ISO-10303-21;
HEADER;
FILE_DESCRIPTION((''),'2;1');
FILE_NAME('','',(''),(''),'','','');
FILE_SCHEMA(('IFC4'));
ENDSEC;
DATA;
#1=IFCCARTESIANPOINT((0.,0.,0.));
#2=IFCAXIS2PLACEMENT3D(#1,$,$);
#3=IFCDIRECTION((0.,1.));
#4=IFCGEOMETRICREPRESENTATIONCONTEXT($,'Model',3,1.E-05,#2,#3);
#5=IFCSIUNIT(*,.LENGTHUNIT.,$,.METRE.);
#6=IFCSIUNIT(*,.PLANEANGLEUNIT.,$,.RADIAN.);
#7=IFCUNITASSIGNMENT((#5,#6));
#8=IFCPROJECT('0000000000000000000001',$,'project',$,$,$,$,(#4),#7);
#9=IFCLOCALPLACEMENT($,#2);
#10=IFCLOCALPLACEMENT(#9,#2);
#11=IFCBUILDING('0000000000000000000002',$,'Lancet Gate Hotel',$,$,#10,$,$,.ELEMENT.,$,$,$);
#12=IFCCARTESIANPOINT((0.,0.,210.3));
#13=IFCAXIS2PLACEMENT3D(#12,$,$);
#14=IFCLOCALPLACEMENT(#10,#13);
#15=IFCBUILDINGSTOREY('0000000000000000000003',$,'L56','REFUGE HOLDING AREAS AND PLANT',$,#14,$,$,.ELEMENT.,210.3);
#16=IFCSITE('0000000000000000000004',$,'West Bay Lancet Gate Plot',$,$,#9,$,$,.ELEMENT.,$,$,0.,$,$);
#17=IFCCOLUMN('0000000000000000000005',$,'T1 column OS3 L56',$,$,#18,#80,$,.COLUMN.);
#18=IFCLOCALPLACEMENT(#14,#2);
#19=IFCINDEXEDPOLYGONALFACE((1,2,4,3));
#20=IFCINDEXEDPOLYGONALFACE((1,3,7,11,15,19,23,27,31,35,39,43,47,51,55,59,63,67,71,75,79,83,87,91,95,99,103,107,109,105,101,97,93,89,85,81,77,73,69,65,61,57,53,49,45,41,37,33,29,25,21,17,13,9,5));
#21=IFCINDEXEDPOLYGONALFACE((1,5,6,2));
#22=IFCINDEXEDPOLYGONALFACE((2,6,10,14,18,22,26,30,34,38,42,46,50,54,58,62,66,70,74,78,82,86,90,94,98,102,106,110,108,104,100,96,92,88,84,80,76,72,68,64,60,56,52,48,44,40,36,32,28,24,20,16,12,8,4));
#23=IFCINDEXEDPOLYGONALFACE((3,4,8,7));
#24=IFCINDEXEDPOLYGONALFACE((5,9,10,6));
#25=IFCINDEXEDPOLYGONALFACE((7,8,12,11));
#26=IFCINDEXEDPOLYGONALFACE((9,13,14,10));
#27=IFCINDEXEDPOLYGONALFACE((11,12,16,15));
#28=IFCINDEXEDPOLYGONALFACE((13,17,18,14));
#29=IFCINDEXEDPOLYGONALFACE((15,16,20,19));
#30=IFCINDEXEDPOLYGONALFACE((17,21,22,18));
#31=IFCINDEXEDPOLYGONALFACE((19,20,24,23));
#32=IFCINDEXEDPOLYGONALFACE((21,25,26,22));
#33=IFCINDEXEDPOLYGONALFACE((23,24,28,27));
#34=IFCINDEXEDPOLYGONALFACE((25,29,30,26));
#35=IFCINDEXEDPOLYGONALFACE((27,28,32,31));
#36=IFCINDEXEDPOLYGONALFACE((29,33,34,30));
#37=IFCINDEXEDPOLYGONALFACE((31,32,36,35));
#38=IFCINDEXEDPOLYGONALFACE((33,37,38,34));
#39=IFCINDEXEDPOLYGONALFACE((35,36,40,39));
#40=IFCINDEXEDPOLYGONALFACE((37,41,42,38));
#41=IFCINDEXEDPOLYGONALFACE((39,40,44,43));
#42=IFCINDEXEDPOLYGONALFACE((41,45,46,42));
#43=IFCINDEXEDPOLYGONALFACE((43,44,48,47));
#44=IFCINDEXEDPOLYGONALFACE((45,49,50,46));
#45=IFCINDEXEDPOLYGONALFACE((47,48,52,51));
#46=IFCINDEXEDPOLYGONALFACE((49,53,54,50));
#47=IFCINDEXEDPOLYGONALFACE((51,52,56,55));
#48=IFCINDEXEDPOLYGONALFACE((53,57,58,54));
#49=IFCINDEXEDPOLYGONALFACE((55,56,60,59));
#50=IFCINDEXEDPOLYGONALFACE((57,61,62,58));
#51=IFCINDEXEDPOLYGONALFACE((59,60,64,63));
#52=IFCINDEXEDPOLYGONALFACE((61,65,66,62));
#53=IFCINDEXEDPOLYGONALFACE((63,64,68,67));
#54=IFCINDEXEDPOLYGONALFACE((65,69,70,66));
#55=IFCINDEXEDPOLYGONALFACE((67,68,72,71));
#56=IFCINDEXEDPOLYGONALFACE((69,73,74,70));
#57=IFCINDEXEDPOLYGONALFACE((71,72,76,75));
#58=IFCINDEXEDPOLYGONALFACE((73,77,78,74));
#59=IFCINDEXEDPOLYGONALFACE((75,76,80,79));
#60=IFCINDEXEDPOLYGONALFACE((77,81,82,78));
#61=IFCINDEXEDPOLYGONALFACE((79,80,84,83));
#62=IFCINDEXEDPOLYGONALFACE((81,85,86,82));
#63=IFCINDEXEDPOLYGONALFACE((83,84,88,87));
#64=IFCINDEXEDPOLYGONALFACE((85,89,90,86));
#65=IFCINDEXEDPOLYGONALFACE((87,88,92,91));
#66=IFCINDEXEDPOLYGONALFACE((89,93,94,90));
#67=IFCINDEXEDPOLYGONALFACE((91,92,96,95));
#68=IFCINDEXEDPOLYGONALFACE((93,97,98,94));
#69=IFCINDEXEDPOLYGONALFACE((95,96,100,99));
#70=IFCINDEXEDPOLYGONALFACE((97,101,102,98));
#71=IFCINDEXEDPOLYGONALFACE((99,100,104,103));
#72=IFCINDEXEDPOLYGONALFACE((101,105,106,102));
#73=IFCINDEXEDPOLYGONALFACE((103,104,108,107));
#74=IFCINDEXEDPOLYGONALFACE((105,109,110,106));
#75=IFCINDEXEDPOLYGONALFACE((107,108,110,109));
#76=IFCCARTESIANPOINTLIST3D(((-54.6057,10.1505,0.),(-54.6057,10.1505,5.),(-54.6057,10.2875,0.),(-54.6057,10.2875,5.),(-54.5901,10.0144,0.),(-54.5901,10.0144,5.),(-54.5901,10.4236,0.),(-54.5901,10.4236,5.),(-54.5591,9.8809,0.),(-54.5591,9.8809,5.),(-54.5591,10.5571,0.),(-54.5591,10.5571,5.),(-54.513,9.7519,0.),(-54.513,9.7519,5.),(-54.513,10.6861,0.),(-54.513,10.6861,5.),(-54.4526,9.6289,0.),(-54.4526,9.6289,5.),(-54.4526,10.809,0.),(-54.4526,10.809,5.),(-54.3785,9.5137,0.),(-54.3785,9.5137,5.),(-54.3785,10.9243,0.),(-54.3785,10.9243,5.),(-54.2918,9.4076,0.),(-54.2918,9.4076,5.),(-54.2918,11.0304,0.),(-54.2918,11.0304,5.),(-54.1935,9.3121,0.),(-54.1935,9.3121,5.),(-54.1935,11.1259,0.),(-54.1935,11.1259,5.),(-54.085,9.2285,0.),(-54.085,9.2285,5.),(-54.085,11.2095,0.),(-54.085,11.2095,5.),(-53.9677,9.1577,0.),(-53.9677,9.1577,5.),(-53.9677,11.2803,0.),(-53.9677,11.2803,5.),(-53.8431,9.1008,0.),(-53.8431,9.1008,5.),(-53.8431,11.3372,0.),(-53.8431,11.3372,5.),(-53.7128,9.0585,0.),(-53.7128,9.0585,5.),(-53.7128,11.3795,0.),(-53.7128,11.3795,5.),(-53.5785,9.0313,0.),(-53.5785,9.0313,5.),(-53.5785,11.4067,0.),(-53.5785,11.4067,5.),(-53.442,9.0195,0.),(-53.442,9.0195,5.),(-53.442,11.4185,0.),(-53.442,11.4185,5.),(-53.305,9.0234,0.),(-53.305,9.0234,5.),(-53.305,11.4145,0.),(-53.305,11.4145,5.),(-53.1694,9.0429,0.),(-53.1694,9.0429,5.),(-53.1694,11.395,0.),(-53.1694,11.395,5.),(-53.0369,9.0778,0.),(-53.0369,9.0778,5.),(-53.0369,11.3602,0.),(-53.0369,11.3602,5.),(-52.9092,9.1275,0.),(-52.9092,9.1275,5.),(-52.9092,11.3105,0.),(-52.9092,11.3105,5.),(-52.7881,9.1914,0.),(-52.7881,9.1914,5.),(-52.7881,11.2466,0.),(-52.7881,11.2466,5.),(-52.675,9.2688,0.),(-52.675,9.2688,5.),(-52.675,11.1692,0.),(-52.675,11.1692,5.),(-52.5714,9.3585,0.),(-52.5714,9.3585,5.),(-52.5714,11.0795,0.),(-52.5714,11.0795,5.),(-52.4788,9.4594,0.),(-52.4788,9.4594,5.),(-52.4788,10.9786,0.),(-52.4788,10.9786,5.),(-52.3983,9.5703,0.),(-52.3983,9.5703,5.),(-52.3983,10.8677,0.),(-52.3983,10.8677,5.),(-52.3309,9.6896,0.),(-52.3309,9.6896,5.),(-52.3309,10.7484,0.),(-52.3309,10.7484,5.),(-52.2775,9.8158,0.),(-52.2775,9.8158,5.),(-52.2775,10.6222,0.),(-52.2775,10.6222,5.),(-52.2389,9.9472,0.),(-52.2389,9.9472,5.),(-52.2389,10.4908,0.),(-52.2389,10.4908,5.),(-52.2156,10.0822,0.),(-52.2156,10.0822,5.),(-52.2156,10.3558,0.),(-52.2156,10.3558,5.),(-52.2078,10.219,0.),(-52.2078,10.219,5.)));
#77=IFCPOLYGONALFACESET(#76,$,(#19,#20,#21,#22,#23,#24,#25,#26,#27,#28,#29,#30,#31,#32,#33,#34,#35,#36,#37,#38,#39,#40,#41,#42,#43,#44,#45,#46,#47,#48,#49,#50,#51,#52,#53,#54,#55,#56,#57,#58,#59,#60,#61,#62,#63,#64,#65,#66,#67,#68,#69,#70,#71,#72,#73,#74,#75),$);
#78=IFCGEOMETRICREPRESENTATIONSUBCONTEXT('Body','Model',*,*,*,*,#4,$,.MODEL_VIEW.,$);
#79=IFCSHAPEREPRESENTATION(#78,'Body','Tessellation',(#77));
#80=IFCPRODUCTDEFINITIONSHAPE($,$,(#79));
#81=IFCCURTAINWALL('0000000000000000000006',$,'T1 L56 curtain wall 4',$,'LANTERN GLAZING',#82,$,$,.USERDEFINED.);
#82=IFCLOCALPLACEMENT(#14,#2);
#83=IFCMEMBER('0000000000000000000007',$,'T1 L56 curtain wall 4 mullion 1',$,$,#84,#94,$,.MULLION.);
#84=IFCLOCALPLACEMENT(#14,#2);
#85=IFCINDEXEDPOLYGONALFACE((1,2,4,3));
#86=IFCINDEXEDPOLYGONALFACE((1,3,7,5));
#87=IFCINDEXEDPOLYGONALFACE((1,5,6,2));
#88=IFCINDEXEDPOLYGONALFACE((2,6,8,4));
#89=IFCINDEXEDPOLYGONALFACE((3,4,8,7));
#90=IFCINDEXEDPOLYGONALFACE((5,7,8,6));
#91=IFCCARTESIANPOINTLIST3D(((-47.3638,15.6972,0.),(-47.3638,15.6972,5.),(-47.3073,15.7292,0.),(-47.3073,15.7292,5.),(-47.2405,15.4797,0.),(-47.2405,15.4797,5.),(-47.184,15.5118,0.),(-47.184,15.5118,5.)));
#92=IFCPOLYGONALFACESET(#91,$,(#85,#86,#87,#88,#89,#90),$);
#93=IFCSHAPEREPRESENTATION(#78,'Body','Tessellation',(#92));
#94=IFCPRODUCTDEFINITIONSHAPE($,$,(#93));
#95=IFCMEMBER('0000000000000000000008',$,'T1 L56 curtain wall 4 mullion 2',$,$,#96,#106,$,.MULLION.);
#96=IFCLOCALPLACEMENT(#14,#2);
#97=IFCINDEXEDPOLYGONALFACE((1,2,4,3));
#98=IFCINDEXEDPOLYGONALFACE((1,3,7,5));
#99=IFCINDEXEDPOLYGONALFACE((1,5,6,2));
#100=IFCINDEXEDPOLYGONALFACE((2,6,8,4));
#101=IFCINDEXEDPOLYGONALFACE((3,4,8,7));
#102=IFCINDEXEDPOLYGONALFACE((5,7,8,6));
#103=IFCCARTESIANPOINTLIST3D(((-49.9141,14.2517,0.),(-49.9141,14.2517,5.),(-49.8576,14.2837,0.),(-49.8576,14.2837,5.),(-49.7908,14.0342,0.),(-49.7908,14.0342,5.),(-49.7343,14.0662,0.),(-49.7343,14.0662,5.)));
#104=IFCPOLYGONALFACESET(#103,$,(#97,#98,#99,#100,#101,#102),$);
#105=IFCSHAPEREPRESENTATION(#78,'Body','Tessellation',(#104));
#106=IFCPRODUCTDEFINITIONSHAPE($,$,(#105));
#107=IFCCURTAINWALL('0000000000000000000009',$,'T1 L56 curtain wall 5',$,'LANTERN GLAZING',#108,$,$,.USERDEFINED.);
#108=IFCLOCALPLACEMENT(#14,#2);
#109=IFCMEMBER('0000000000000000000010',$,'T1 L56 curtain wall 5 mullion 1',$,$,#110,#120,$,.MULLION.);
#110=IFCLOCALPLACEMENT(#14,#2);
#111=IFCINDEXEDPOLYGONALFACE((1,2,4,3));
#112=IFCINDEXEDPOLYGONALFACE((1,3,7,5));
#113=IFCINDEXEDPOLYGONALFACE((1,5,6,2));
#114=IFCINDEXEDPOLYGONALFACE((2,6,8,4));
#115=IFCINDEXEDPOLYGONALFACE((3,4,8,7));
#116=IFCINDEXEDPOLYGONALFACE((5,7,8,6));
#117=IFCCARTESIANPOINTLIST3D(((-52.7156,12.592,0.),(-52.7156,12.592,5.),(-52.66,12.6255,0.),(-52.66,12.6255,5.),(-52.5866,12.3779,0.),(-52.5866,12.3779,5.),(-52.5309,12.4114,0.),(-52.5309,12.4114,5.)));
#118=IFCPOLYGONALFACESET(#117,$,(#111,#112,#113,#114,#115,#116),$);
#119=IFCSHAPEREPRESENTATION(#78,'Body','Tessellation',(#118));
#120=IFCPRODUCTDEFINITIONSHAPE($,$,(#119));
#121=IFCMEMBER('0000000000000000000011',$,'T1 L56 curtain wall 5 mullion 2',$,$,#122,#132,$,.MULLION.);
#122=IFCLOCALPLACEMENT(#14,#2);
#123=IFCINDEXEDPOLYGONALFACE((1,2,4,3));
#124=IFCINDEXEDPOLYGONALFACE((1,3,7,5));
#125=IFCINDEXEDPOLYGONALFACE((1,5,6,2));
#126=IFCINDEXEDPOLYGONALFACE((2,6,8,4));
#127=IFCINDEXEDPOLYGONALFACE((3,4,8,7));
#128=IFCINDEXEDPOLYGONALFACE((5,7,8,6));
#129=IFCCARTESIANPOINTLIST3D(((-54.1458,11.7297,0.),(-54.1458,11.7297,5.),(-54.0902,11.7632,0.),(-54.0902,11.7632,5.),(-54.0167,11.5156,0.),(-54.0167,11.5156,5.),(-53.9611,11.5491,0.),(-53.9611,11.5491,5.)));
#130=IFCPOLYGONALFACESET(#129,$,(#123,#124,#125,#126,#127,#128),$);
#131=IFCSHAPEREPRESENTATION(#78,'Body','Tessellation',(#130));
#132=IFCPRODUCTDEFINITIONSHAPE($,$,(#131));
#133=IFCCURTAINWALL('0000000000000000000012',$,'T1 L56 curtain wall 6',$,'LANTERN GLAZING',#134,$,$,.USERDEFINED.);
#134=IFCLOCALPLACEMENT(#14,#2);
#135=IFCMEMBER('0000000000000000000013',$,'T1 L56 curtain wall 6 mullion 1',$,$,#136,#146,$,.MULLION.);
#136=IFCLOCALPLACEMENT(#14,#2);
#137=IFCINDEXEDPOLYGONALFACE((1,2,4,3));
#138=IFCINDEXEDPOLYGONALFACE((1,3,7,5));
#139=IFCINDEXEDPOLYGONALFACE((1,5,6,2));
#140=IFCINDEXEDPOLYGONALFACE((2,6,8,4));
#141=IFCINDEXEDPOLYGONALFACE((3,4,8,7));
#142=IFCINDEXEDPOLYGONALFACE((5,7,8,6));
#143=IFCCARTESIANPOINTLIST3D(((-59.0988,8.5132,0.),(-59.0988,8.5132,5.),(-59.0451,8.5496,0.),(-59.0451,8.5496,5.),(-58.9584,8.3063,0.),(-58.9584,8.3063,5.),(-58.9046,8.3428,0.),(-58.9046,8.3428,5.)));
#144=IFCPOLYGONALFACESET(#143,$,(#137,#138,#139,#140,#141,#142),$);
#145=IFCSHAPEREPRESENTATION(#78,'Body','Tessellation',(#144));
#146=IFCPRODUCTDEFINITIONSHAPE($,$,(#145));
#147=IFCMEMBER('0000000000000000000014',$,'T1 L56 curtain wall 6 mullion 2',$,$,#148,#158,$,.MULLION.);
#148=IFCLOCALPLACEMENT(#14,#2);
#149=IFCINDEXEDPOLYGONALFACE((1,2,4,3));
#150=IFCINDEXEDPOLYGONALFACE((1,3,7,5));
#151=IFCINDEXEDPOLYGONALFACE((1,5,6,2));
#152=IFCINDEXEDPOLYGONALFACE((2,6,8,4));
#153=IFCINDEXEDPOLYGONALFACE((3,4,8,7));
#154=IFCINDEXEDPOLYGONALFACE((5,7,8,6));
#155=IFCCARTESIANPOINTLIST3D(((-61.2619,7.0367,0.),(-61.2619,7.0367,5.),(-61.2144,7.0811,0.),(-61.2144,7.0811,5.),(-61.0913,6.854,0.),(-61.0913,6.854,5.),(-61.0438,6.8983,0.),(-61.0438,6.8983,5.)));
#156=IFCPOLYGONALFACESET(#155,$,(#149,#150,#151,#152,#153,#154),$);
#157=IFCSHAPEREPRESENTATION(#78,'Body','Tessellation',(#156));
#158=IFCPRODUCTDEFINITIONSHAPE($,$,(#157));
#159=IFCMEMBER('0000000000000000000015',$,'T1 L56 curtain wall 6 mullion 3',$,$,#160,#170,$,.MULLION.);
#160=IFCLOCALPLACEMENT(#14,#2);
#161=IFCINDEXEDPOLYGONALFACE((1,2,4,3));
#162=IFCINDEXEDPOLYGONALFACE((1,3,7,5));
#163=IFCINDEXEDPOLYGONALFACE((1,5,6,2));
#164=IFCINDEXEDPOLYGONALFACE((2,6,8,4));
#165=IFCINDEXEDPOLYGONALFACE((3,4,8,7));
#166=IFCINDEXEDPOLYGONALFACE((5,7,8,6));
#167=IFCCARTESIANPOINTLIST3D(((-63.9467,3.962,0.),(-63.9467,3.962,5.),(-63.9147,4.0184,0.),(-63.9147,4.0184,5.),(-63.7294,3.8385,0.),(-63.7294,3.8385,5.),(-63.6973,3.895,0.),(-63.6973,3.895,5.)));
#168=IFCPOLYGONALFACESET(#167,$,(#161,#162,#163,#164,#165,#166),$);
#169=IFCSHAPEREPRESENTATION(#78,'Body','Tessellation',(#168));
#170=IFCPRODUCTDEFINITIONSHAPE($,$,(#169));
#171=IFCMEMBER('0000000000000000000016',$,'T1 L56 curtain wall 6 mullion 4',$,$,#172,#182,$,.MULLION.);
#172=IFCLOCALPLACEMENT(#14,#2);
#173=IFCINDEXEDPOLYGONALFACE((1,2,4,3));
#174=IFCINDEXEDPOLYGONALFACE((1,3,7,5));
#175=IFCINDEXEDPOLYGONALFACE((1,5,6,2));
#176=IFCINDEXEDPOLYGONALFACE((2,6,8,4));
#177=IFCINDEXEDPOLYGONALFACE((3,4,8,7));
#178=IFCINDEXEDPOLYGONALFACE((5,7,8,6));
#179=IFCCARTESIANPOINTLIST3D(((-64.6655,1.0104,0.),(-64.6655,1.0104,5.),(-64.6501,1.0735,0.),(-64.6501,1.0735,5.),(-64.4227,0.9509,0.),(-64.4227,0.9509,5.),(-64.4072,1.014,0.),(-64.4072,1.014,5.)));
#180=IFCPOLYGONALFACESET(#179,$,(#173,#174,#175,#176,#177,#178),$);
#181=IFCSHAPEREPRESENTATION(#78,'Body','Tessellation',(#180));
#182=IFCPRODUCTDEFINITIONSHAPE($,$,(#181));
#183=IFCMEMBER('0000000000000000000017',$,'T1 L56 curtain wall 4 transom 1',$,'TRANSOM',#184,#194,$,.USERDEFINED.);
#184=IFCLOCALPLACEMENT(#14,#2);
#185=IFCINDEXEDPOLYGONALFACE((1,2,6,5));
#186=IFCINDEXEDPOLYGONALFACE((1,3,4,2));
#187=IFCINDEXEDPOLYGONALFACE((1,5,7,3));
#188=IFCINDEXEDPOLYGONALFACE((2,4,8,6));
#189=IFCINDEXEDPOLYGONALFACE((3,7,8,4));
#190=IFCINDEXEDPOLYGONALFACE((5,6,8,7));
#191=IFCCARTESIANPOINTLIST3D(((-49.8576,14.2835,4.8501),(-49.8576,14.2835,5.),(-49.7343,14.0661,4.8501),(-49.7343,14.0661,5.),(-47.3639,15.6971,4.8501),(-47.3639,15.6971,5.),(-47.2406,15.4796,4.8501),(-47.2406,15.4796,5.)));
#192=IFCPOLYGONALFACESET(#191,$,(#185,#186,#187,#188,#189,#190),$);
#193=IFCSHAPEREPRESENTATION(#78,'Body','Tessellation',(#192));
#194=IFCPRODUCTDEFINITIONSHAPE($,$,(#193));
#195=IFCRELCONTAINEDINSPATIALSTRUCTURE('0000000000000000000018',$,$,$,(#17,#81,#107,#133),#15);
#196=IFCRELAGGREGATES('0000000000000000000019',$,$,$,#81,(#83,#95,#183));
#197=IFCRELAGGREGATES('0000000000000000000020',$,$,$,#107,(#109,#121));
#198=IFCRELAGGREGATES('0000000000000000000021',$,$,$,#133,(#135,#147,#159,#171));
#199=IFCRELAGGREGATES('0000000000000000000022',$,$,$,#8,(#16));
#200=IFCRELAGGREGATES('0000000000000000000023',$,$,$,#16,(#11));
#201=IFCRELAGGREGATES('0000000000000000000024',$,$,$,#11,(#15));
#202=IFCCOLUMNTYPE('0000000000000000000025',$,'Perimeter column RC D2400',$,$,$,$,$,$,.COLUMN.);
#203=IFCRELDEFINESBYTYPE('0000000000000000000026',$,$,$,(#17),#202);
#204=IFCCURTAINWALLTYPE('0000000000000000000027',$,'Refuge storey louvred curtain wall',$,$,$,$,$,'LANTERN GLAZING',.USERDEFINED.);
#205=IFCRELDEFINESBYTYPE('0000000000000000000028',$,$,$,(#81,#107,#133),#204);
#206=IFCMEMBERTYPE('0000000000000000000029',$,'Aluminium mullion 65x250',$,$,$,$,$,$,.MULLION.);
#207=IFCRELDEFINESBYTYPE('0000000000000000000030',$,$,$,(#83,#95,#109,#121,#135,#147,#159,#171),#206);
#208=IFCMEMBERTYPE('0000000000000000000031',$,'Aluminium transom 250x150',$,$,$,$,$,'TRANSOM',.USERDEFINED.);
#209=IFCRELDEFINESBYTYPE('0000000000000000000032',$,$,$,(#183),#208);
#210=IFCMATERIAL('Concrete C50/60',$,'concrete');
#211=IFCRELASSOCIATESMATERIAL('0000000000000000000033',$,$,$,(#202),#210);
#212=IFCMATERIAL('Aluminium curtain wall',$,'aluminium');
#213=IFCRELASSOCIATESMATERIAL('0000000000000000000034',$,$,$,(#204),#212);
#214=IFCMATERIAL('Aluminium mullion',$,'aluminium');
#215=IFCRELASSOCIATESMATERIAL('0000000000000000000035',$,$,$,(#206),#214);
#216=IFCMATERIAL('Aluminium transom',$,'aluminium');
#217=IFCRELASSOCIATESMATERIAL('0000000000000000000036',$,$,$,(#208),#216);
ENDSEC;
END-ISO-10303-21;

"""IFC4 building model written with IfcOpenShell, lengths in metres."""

from ifc_helpers import new_model, si_unit, direction, frame, origin, origin_2d, place, context, subcontext, project, spatial, rectangle, circle, extrude, material, material_profile, profile_set, type_object, element, aggregate, save


model = new_model("IFC4")

# Units and contexts
model_context = context("Model", 3, precision=1e-05, world=origin(), true_north=direction((0.0, 1.0)))
body_context = subcontext(model_context, "Body", "Model", "MODEL_VIEW")
ifc_project = project(units=[si_unit("LENGTHUNIT", "METRE"), si_unit("PLANEANGLEUNIT", "RADIAN")], contexts=[model_context])

# Site, building, storey
site_placement = place(None, origin())
site = spatial("IfcSite", under=ifc_project, at=site_placement, Name="West Bay Lancet Gate Plot", CompositionType="ELEMENT", RefElevation=0.0)
building_placement = place(site_placement, origin())
building = spatial("IfcBuilding", under=site, at=building_placement, Name="Lancet Gate Hotel", CompositionType="ELEMENT")
storey_placement = place(building_placement, frame((0.0, 0.0, 210.3)))
storey = spatial("IfcBuildingStorey", under=building, at=storey_placement, Name="L56", Description="REFUGE HOLDING AREAS AND PLANT", CompositionType="ELEMENT", Elevation=210.3)

# Column
ifc_material_1 = material(Name="Concrete C50/60", Category="concrete")
ifc_material_profile_1 = material_profile(ifc_material_1, circle(Radius=1.2, at=origin_2d()), Name="RC D2400")
ifc_profile_set_1 = profile_set([ifc_material_profile_1], Name="Concrete C50/60")
column_type = type_object("IfcColumnType", Name="Perimeter column RC D2400", PredefinedType="COLUMN", material=ifc_profile_set_1)
for number, where, z_axis, x_axis, name in (
    (1, (-53.4077, 10.219, 0.0), (0.0, 0.0, 1.0), (1.0, 0.0, 0.0), "T1 column OS3 L56"),
):
    element("IfcColumn", number, at=place(storey_placement, frame(where, z_axis=z_axis, x_axis=x_axis)), inside=storey, type_object=column_type, Name=name, PredefinedType="COLUMN", context=body_context, shape_type="SweptSolid", body=[
        extrude(circle(Radius=1.2, at=origin_2d()), origin(), (0.0, 0.0, 1.0), 5.0),
    ])

# Curtain walls, members
ifc_material_2 = material(Name="Aluminium curtain wall", Category="aluminium")
curtain_wall_type = type_object("IfcCurtainWallType", Name="Refuge storey louvred curtain wall", ElementType="LANTERN GLAZING", PredefinedType="USERDEFINED", material=ifc_material_2)
curtain_wall_1_placement = place(storey_placement, origin())
curtain_wall_1 = element("IfcCurtainWall", 2, at=curtain_wall_1_placement, inside=storey, type_object=curtain_wall_type, Name="T1 L56 curtain wall 4", ObjectType="LANTERN GLAZING", PredefinedType="USERDEFINED")
ifc_material_3 = material(Name="Aluminium mullion", Category="aluminium")
ifc_material_profile_2 = material_profile(ifc_material_3, rectangle(XDim=0.0649, YDim=0.25, at=origin_2d()), Name="MULLION 65x250")
ifc_profile_set_2 = profile_set([ifc_material_profile_2], Name="Aluminium mullion")
member_type_1 = type_object("IfcMemberType", Name="Aluminium mullion 65x250", PredefinedType="MULLION", material=ifc_profile_set_2)
member_1_placement = place(storey_placement, frame((-47.2739, 15.6045, 0.0), z_axis=(0.0, 0.0, 1.0), x_axis=(-0.869958, -0.493126, 0.0)))
member_1 = element("IfcMember", 3, at=member_1_placement, type_object=member_type_1, Name="T1 L56 curtain wall 4 mullion 1", PredefinedType="MULLION", context=body_context, shape_type="SweptSolid", body=[
    extrude(rectangle(XDim=0.0649, YDim=0.25, at=origin_2d()), origin(), (0.0, 0.0, 1.0), 5.0),
])
member_2_placement = place(storey_placement, frame((-49.8242, 14.1589, 0.0), z_axis=(0.0, 0.0, 1.0), x_axis=(-0.869958, -0.493126, 0.0)))
member_2 = element("IfcMember", 4, at=member_2_placement, type_object=member_type_1, Name="T1 L56 curtain wall 4 mullion 2", PredefinedType="MULLION", context=body_context, shape_type="SweptSolid", body=[
    extrude(rectangle(XDim=0.0649, YDim=0.25, at=origin_2d()), origin(), (0.0, 0.0, 1.0), 5.0),
])
curtain_wall_2_placement = place(storey_placement, origin())
curtain_wall_2 = element("IfcCurtainWall", 5, at=curtain_wall_2_placement, inside=storey, type_object=curtain_wall_type, Name="T1 L56 curtain wall 5", ObjectType="LANTERN GLAZING", PredefinedType="USERDEFINED")
member_3_placement = place(storey_placement, frame((-52.6233, 12.5017, 0.0), z_axis=(0.0, 0.0, 1.0), x_axis=(-0.85637, -0.516363, 0.0)))
member_3 = element("IfcMember", 6, at=member_3_placement, type_object=member_type_1, Name="T1 L56 curtain wall 5 mullion 1", PredefinedType="MULLION", context=body_context, shape_type="SweptSolid", body=[
    extrude(rectangle(XDim=0.0649, YDim=0.25, at=origin_2d()), origin(), (0.0, 0.0, 1.0), 5.0),
])
member_4_placement = place(storey_placement, frame((-54.0535, 11.6394, 0.0), z_axis=(0.0, 0.0, 1.0), x_axis=(-0.85637, -0.516363, 0.0)))
member_4 = element("IfcMember", 7, at=member_4_placement, type_object=member_type_1, Name="T1 L56 curtain wall 5 mullion 2", PredefinedType="MULLION", context=body_context, shape_type="SweptSolid", body=[
    extrude(rectangle(XDim=0.0649, YDim=0.25, at=origin_2d()), origin(), (0.0, 0.0, 1.0), 5.0),
])
curtain_wall_3_placement = place(storey_placement, origin())
curtain_wall_3 = element("IfcCurtainWall", 8, at=curtain_wall_3_placement, inside=storey, type_object=curtain_wall_type, Name="T1 L56 curtain wall 6", ObjectType="LANTERN GLAZING", PredefinedType="USERDEFINED")
member_5_placement = place(storey_placement, frame((-59.0017, 8.428, 0.0), z_axis=(0.0, 0.0, 1.0), x_axis=(-0.827342, -0.561698, 0.0)))
member_5 = element("IfcMember", 9, at=member_5_placement, type_object=member_type_1, Name="T1 L56 curtain wall 6 mullion 1", PredefinedType="MULLION", context=body_context, shape_type="SweptSolid", body=[
    extrude(rectangle(XDim=0.0649, YDim=0.25, at=origin_2d()), origin(), (0.0, 0.0, 1.0), 5.0),
])
member_6_placement = place(storey_placement, frame((-61.1528, 6.9675, 0.0), z_axis=(0.0, 0.0, 1.0), x_axis=(-0.731008, -0.682369, 0.0)))
member_6 = element("IfcMember", 10, at=member_6_placement, type_object=member_type_1, Name="T1 L56 curtain wall 6 mullion 2", PredefinedType="MULLION", context=body_context, shape_type="SweptSolid", body=[
    extrude(rectangle(XDim=0.0649, YDim=0.25, at=origin_2d()), origin(), (0.0, 0.0, 1.0), 5.0),
])
member_7_placement = place(storey_placement, frame((-63.822, 3.9285, 0.0), z_axis=(0.0, 0.0, 1.0), x_axis=(-0.493976, -0.869475, 0.0)))
member_7 = element("IfcMember", 11, at=member_7_placement, type_object=member_type_1, Name="T1 L56 curtain wall 6 mullion 3", PredefinedType="MULLION", context=body_context, shape_type="SweptSolid", body=[
    extrude(rectangle(XDim=0.0649, YDim=0.25, at=origin_2d()), origin(), (0.0, 0.0, 1.0), 5.0),
])
member_8_placement = place(storey_placement, frame((-64.5364, 1.0122, 0.0), z_axis=(0.0, 0.0, 1.0), x_axis=(-0.237921, -0.971285, 0.0)))
member_8 = element("IfcMember", 12, at=member_8_placement, type_object=member_type_1, Name="T1 L56 curtain wall 6 mullion 4", PredefinedType="MULLION", context=body_context, shape_type="SweptSolid", body=[
    extrude(rectangle(XDim=0.0649, YDim=0.25, at=origin_2d()), origin(), (0.0, 0.0, 1.0), 5.0),
])

# Member
ifc_material_4 = material(Name="Aluminium transom", Category="aluminium")
ifc_material_profile_3 = material_profile(ifc_material_4, rectangle(XDim=0.25, YDim=0.1499, at=origin_2d()), Name="TRANSOM 250x150")
ifc_profile_set_3 = profile_set([ifc_material_profile_3], Name="Aluminium transom")
member_type_2 = type_object("IfcMemberType", Name="Aluminium transom 250x150", ElementType="TRANSOM", PredefinedType="USERDEFINED", material=ifc_profile_set_3)
member_9_placement = place(storey_placement, frame((-47.3022, 15.5884, 4.925), z_axis=(-0.869947, -0.493146, 0.0), x_axis=(0.493146, -0.869947, 0.0)))
member_9 = element("IfcMember", 13, at=member_9_placement, type_object=member_type_2, Name="T1 L56 curtain wall 4 transom 1", ObjectType="TRANSOM", PredefinedType="USERDEFINED", context=body_context, shape_type="SweptSolid", body=[
    extrude(rectangle(XDim=0.25, YDim=0.1499, at=origin_2d()), origin(), (0.0, 0.0, 1.0), 2.8665),
])

aggregate(curtain_wall_1, [member_1, member_2, member_9])
aggregate(curtain_wall_2, [member_3, member_4])
aggregate(curtain_wall_3, [member_5, member_6, member_7, member_8])

save(model, "model.ifc")
